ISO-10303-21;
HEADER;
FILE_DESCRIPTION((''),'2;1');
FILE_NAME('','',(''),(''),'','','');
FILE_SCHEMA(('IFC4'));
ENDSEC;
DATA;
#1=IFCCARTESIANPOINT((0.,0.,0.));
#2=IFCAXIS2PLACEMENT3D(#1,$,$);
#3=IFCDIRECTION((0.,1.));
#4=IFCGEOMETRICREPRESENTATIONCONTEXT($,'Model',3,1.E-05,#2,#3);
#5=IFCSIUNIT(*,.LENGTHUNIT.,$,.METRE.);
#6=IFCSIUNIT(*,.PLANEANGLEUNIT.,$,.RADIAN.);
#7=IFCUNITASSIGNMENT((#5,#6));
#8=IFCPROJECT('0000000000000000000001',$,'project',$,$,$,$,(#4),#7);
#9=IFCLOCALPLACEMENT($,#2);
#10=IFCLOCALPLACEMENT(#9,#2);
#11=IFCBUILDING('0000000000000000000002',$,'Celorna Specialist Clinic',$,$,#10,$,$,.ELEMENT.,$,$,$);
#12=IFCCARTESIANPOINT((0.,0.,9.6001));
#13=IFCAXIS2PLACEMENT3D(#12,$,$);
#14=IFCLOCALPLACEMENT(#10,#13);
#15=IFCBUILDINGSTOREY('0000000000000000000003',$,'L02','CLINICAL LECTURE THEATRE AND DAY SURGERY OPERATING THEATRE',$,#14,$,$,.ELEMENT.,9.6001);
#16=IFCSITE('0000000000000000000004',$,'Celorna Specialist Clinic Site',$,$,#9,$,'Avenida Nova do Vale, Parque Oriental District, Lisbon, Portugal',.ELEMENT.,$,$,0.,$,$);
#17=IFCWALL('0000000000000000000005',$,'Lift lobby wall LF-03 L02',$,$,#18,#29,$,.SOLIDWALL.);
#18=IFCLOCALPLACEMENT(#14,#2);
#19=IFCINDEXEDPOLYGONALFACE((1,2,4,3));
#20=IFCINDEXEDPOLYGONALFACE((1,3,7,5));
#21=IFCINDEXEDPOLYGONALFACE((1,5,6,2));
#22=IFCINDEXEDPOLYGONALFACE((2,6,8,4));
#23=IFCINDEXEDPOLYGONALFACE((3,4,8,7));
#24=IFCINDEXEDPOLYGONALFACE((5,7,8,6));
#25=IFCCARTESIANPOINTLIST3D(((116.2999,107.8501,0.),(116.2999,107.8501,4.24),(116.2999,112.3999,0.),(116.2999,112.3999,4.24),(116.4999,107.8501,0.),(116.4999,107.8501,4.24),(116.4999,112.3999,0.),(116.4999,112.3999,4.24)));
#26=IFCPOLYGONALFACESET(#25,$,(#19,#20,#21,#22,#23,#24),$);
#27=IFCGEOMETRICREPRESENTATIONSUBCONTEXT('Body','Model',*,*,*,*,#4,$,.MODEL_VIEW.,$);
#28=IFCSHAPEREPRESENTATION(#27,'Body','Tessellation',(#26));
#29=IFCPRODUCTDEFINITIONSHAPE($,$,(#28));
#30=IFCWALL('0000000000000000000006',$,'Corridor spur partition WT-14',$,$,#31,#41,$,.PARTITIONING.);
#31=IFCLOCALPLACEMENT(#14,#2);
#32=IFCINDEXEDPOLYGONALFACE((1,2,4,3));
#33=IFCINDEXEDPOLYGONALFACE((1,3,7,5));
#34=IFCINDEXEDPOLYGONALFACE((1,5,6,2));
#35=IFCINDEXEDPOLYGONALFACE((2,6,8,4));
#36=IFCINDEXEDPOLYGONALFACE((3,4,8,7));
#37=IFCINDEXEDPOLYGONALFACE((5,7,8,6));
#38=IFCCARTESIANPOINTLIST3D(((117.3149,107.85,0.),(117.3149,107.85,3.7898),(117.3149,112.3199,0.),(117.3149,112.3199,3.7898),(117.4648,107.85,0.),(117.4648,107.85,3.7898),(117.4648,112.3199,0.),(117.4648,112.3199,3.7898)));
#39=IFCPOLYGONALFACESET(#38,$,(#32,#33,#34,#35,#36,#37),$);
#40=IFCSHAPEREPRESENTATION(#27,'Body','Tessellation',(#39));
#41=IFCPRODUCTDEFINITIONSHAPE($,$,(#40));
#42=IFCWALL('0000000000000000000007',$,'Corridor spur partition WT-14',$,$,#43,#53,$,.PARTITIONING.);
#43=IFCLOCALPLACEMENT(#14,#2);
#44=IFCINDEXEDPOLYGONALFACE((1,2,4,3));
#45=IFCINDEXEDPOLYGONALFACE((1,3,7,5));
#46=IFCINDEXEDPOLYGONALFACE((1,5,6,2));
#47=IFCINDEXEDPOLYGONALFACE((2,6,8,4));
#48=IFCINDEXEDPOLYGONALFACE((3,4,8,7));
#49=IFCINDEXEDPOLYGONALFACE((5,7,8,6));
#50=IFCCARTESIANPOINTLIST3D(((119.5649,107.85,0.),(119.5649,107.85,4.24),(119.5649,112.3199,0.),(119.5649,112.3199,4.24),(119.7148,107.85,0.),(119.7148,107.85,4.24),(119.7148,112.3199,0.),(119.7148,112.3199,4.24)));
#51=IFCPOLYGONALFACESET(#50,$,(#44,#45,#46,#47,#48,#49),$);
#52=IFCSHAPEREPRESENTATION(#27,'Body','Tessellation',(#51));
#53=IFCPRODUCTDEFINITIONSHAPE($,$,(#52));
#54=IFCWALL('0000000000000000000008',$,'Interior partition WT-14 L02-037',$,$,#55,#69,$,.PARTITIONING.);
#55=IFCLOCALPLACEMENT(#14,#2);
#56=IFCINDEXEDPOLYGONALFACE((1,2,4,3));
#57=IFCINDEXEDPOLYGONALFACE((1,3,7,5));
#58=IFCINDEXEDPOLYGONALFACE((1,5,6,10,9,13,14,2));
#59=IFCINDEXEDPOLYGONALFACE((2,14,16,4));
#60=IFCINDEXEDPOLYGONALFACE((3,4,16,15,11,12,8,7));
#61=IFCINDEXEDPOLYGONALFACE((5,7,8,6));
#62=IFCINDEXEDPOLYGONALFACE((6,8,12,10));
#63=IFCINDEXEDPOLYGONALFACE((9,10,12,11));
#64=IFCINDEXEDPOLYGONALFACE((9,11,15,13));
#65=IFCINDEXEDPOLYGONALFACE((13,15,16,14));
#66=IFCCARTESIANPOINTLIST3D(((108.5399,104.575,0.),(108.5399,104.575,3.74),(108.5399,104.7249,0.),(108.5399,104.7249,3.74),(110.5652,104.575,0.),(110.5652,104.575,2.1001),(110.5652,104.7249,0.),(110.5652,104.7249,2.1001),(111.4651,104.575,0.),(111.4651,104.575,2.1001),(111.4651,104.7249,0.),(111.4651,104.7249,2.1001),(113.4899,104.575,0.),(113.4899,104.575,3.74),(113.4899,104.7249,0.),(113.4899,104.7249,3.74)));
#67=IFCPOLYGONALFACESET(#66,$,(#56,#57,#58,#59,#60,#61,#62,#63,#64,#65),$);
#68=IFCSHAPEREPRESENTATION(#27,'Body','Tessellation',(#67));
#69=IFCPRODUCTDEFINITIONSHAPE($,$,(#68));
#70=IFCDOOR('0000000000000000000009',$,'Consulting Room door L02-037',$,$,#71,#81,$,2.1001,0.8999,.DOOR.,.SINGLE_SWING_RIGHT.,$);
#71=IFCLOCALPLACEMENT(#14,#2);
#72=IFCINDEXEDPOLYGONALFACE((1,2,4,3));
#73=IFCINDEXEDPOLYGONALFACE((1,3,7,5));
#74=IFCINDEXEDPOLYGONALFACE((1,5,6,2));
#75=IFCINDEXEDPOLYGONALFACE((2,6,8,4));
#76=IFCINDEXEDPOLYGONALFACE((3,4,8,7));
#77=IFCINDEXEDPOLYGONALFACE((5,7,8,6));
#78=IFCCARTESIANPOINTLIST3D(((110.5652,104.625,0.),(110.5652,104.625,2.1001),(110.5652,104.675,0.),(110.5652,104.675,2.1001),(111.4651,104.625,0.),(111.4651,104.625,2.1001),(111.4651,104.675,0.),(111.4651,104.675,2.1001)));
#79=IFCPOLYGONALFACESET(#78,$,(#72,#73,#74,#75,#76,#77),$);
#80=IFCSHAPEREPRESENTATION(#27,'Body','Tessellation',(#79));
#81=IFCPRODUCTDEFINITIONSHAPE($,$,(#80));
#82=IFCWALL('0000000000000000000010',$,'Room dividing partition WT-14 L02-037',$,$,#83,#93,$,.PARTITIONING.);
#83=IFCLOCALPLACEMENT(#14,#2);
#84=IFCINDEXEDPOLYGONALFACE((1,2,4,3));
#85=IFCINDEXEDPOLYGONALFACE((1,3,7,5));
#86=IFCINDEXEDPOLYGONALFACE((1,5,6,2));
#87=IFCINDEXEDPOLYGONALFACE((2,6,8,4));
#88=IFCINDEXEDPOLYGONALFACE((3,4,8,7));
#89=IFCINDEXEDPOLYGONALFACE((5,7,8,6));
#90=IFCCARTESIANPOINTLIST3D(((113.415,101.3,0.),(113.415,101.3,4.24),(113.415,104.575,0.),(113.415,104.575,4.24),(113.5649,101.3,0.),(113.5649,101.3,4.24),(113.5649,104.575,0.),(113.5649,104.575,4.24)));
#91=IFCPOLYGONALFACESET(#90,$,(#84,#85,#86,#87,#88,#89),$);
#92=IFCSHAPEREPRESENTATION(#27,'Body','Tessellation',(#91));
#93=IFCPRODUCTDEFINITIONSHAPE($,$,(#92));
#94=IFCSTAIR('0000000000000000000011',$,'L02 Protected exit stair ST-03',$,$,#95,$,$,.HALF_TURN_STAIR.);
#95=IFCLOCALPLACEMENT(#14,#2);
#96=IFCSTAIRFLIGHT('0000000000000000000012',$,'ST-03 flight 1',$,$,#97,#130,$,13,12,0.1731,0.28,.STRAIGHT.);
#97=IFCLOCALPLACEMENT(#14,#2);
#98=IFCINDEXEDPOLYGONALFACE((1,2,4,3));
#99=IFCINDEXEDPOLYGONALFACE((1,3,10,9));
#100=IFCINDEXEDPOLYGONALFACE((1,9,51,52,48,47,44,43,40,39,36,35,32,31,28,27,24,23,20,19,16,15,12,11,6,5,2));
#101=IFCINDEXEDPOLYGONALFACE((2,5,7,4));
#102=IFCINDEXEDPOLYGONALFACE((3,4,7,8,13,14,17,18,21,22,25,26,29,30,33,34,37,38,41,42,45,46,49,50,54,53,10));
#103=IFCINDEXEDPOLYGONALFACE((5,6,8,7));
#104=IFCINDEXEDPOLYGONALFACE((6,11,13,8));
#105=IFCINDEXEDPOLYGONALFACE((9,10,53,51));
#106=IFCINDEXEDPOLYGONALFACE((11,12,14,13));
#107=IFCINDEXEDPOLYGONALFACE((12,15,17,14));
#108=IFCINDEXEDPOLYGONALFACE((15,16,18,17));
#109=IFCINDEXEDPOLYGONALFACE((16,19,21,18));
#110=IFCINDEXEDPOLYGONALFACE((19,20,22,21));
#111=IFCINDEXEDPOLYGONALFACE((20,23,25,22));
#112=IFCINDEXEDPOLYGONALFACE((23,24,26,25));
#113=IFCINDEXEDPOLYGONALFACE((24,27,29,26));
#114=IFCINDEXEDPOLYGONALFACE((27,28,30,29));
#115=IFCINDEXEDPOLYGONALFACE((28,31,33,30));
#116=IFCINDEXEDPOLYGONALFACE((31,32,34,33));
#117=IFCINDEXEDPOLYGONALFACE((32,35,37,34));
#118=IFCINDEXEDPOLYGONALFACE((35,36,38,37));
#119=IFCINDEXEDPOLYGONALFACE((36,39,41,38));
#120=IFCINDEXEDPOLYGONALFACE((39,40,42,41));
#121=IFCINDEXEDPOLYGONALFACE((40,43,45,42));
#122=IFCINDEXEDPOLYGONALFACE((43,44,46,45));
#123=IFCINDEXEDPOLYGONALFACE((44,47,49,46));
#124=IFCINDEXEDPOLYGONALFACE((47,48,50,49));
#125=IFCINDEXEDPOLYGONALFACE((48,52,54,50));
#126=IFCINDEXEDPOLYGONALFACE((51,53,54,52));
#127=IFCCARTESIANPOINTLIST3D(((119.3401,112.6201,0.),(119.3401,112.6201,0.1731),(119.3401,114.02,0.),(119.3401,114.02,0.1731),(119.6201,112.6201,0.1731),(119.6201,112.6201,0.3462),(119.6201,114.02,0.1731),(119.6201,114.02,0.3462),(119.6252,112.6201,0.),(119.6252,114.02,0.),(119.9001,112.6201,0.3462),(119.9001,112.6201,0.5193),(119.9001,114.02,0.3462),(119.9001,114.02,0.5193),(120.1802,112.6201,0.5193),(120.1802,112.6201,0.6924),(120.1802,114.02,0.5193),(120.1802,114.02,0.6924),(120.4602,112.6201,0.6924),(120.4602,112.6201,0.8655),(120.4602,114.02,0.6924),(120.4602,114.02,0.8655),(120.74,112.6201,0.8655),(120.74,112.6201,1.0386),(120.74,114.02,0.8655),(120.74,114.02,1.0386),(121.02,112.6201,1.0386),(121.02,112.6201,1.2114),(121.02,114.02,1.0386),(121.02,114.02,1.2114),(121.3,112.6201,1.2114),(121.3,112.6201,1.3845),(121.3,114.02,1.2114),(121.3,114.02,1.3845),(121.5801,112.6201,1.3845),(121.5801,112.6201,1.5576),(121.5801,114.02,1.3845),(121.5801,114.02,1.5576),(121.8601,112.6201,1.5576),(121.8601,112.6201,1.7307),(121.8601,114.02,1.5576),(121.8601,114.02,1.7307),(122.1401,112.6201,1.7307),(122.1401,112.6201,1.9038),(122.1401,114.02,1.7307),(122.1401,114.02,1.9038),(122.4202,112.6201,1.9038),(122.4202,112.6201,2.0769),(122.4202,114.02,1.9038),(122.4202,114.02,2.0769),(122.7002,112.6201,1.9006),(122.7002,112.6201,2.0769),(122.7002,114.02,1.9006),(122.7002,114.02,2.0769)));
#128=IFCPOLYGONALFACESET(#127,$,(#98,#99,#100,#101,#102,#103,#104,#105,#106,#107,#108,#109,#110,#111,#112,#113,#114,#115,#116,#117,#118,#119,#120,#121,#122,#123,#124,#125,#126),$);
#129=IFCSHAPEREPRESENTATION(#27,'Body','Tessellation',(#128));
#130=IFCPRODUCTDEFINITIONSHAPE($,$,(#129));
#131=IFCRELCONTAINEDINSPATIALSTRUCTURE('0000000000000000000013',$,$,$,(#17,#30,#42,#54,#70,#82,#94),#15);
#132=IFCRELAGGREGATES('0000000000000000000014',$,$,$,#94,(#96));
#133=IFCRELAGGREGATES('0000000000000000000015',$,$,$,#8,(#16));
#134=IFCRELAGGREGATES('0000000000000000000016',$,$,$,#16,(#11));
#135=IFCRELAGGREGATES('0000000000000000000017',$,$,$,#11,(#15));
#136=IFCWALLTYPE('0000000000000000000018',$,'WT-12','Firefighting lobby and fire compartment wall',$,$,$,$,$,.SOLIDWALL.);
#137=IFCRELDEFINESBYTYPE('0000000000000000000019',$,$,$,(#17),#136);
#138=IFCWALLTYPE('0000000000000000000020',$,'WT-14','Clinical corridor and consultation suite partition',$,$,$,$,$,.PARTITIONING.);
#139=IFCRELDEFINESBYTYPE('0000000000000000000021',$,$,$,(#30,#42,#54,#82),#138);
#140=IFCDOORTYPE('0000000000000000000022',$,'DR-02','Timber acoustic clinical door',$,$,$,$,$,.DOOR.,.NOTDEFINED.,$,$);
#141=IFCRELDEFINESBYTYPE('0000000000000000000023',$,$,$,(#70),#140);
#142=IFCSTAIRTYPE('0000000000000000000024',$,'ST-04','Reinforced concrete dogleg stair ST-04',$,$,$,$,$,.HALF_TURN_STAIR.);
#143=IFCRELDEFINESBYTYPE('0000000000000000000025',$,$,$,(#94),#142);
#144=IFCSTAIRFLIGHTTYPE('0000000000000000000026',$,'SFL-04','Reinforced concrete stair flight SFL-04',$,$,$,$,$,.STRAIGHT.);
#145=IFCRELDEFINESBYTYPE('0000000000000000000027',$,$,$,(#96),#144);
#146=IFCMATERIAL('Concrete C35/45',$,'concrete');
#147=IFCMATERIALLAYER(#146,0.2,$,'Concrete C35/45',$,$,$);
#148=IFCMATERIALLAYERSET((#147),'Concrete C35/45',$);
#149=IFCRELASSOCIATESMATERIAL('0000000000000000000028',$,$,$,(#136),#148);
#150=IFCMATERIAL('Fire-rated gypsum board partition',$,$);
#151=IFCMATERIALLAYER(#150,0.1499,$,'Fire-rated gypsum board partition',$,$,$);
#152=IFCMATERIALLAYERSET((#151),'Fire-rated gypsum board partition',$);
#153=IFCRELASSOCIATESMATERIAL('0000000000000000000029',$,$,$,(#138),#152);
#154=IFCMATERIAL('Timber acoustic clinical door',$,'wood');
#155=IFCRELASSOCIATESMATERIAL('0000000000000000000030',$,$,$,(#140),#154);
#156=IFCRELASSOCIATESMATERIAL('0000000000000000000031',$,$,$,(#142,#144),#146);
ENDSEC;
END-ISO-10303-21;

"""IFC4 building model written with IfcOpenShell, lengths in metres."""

from ifc_helpers import new_model, si_unit, direction, frame, frame_2d, origin, place, context, subcontext, project, spatial, polyline, rectangle, outline, extrude, material, layer, layer_set, type_object, element, fill, aggregate, save


model = new_model("IFC4")

# Units and contexts
model_context = context("Model", 3, precision=1e-05, world=origin(), true_north=direction((0.0, 1.0)))
body_context = subcontext(model_context, "Body", "Model", "MODEL_VIEW")
ifc_project = project(units=[si_unit("LENGTHUNIT", "METRE"), si_unit("PLANEANGLEUNIT", "RADIAN")], contexts=[model_context])

# Site, building, storey
site_placement = place(None, origin())
site = spatial("IfcSite", under=ifc_project, at=site_placement, Name="Celorna Specialist Clinic Site", LongName="Avenida Nova do Vale, Parque Oriental District, Lisbon, Portugal", CompositionType="ELEMENT", RefElevation=0.0)
building_placement = place(site_placement, origin())
building = spatial("IfcBuilding", under=site, at=building_placement, Name="Celorna Specialist Clinic", CompositionType="ELEMENT")
storey_placement = place(building_placement, frame((0.0, 0.0, 9.6001)))
storey = spatial("IfcBuildingStorey", under=building, at=storey_placement, Name="L02", Description="CLINICAL LECTURE THEATRE AND DAY SURGERY OPERATING THEATRE", CompositionType="ELEMENT", Elevation=9.6001)

# Shared definitions
ifc_material_1 = material(Name="Concrete C35/45", Category="concrete")

# Walls
ifc_layer_1 = layer(ifc_material_1, 0.2, Name="Concrete C35/45")
ifc_layer_set_1 = layer_set([ifc_layer_1], Name="Concrete C35/45")
wall_type_1 = type_object("IfcWallType", Name="WT-12", Description="Firefighting lobby and fire compartment wall", PredefinedType="SOLIDWALL", material=ifc_layer_set_1)
wall_1_placement = place(storey_placement, frame((116.3999, 107.8501, 0.0), z_axis=(0.0, 0.0, 1.0), x_axis=(0.0, 1.0, 0.0)))
element("IfcWall", 1, at=wall_1_placement, inside=storey, type_object=wall_type_1, Name="Lift lobby wall LF-03 L02", PredefinedType="SOLIDWALL", context=body_context, shape_type="SweptSolid", body=[
    extrude(rectangle(XDim=4.5498, YDim=0.2, at=frame_2d((2.2749, 0.0))), origin(), (0.0, 0.0, 1.0), 4.24),
])
ifc_material_2 = material(Name="Fire-rated gypsum board partition")
ifc_layer_2 = layer(ifc_material_2, 0.1499, Name="Fire-rated gypsum board partition")
ifc_layer_set_2 = layer_set([ifc_layer_2], Name="Fire-rated gypsum board partition")
wall_type_2 = type_object("IfcWallType", Name="WT-14", Description="Clinical corridor and consultation suite partition", PredefinedType="PARTITIONING", material=ifc_layer_set_2)
wall_2_placement = place(storey_placement, frame((117.3899, 107.8501, 0.0), z_axis=(0.0, 0.0, 1.0), x_axis=(0.0, 1.0, 0.0)))
element("IfcWall", 2, at=wall_2_placement, inside=storey, type_object=wall_type_2, Name="Corridor spur partition WT-14", PredefinedType="PARTITIONING", context=body_context, shape_type="SweptSolid", body=[
    extrude(rectangle(XDim=4.47, YDim=0.1499, at=frame_2d((2.2349, 0.0))), origin(), (0.0, 0.0, 1.0), 3.7898),
])
wall_3_placement = place(storey_placement, frame((119.6399, 107.8501, 0.0), z_axis=(0.0, 0.0, 1.0), x_axis=(0.0, 1.0, 0.0)))
element("IfcWall", 3, at=wall_3_placement, inside=storey, type_object=wall_type_2, Name="Corridor spur partition WT-14", PredefinedType="PARTITIONING", context=body_context, shape_type="SweptSolid", body=[
    extrude(rectangle(XDim=4.47, YDim=0.1499, at=frame_2d((2.2349, 0.0))), origin(), (0.0, 0.0, 1.0), 4.24),
])

# Wall, opening, door
wall_4_placement = place(storey_placement, frame((113.49, 104.6499, 0.0), z_axis=(0.0, 0.0, 1.0), x_axis=(-1.0, 0.0, 0.0)))
wall_4 = element("IfcWall", 4, at=wall_4_placement, inside=storey, type_object=wall_type_2, Name="Interior partition WT-14 L02-037", PredefinedType="PARTITIONING", context=body_context, shape_type="SweptSolid", body=[
    extrude(rectangle(XDim=4.95, YDim=0.1499, at=frame_2d((2.4751, 0.0))), origin(), (0.0, 0.0, 1.0), 3.74),
])
opening_1_placement = place(wall_4_placement, frame((2.0249, 0.0, 0.0)))
opening_1 = element("IfcOpeningElement", 5, at=opening_1_placement, cuts=wall_4, PredefinedType="OPENING", context=body_context, shape_type="SweptSolid", body=[
    extrude(rectangle(XDim=0.8999, YDim=2.1001, at=frame_2d((0.45, 1.05))), frame((0.0, 0.085, 0.0), z_axis=(0.0, -1.0, 0.0), x_axis=(1.0, 0.0, 0.0)), (0.0, 0.0, 1.0), 0.1699),
])
ifc_material_3 = material(Name="Timber acoustic clinical door", Category="wood")
door_type_1 = type_object("IfcDoorType", Name="DR-02", Description="Timber acoustic clinical door", OperationType="NOTDEFINED", PredefinedType="DOOR", material=ifc_material_3)
door_1_placement = place(opening_1_placement, origin())
door_1 = element("IfcDoor", 6, at=door_1_placement, inside=storey, type_object=door_type_1, Name="Consulting Room door L02-037", OperationType="SINGLE_SWING_RIGHT", OverallHeight=2.1001, OverallWidth=0.8999, PredefinedType="DOOR", context=body_context, shape_type="SweptSolid", body=[
    extrude(rectangle(XDim=0.8999, YDim=2.1001, at=frame_2d((0.45, 1.05))), frame((0.0, 0.0249, 0.0), z_axis=(0.0, -1.0, 0.0), x_axis=(1.0, 0.0, 0.0)), (0.0, 0.0, 1.0), 0.05),
])
fill(opening_1, door_1)

# Wall
wall_5_placement = place(storey_placement, frame((113.49, 101.3, 0.0), z_axis=(0.0, 0.0, 1.0), x_axis=(0.0, 1.0, 0.0)))
element("IfcWall", 7, at=wall_5_placement, inside=storey, type_object=wall_type_2, Name="Room dividing partition WT-14 L02-037", PredefinedType="PARTITIONING", context=body_context, shape_type="SweptSolid", body=[
    extrude(rectangle(XDim=3.2749, YDim=0.1499, at=frame_2d((1.6375, 0.0))), origin(), (0.0, 0.0, 1.0), 4.24),
])

# Stair, stair flight
stair_type = type_object("IfcStairType", Name="ST-04", Description="Reinforced concrete dogleg stair ST-04", PredefinedType="HALF_TURN_STAIR", material=ifc_material_1)
stair_placement = place(storey_placement, origin())
stair = element("IfcStair", 8, at=stair_placement, inside=storey, type_object=stair_type, Name="L02 Protected exit stair ST-03", PredefinedType="HALF_TURN_STAIR")
stair_flight_type = type_object("IfcStairFlightType", Name="SFL-04", Description="Reinforced concrete stair flight SFL-04", PredefinedType="STRAIGHT", material=ifc_material_1)
stair_flight_placement = place(storey_placement, frame((119.3401, 113.3201, 0.0), z_axis=(0.0, 0.0, 1.0), x_axis=(1.0, 0.0, 0.0)))
stair_flight = element("IfcStairFlight", 9, at=stair_flight_placement, type_object=stair_flight_type, Name="ST-03 flight 1", NumberOfRisers=13, NumberOfTreads=12, PredefinedType="STRAIGHT", RiserHeight=0.1731, TreadLength=0.28, context=body_context, shape_type="SweptSolid", body=[
    extrude(outline(polyline([(0.0, 0.0), (0.0, 0.1731), (0.28, 0.1731), (0.28, 0.3462), (0.5601, 0.3462), (0.5601, 0.5193), (0.8401, 0.5193), (0.8401, 0.6924), (1.1201, 0.6924), (1.1201, 0.8655), (1.3999, 0.8655), (1.3999, 1.0386), (1.6799, 1.0386), (1.6799, 1.2114), (1.96, 1.2114), (1.96, 1.3845), (2.24, 1.3845), (2.24, 1.5576), (2.52, 1.5576), (2.52, 1.7307), (2.8, 1.7307), (2.8, 1.9038), (3.0801, 1.9038), (3.0801, 2.0769), (3.3601, 2.0769), (3.3601, 2.25), (3.3601, 1.9006), (0.2852, 0.0), (0.0, 0.0)])), frame((0.0, 0.7, 0.0), z_axis=(0.0, -1.0, 0.0), x_axis=(1.0, 0.0, 0.0)), (0.0, 0.0, 1.0), 1.3999),
])
aggregate(stair, [stair_flight])

save(model, "model.ifc")
